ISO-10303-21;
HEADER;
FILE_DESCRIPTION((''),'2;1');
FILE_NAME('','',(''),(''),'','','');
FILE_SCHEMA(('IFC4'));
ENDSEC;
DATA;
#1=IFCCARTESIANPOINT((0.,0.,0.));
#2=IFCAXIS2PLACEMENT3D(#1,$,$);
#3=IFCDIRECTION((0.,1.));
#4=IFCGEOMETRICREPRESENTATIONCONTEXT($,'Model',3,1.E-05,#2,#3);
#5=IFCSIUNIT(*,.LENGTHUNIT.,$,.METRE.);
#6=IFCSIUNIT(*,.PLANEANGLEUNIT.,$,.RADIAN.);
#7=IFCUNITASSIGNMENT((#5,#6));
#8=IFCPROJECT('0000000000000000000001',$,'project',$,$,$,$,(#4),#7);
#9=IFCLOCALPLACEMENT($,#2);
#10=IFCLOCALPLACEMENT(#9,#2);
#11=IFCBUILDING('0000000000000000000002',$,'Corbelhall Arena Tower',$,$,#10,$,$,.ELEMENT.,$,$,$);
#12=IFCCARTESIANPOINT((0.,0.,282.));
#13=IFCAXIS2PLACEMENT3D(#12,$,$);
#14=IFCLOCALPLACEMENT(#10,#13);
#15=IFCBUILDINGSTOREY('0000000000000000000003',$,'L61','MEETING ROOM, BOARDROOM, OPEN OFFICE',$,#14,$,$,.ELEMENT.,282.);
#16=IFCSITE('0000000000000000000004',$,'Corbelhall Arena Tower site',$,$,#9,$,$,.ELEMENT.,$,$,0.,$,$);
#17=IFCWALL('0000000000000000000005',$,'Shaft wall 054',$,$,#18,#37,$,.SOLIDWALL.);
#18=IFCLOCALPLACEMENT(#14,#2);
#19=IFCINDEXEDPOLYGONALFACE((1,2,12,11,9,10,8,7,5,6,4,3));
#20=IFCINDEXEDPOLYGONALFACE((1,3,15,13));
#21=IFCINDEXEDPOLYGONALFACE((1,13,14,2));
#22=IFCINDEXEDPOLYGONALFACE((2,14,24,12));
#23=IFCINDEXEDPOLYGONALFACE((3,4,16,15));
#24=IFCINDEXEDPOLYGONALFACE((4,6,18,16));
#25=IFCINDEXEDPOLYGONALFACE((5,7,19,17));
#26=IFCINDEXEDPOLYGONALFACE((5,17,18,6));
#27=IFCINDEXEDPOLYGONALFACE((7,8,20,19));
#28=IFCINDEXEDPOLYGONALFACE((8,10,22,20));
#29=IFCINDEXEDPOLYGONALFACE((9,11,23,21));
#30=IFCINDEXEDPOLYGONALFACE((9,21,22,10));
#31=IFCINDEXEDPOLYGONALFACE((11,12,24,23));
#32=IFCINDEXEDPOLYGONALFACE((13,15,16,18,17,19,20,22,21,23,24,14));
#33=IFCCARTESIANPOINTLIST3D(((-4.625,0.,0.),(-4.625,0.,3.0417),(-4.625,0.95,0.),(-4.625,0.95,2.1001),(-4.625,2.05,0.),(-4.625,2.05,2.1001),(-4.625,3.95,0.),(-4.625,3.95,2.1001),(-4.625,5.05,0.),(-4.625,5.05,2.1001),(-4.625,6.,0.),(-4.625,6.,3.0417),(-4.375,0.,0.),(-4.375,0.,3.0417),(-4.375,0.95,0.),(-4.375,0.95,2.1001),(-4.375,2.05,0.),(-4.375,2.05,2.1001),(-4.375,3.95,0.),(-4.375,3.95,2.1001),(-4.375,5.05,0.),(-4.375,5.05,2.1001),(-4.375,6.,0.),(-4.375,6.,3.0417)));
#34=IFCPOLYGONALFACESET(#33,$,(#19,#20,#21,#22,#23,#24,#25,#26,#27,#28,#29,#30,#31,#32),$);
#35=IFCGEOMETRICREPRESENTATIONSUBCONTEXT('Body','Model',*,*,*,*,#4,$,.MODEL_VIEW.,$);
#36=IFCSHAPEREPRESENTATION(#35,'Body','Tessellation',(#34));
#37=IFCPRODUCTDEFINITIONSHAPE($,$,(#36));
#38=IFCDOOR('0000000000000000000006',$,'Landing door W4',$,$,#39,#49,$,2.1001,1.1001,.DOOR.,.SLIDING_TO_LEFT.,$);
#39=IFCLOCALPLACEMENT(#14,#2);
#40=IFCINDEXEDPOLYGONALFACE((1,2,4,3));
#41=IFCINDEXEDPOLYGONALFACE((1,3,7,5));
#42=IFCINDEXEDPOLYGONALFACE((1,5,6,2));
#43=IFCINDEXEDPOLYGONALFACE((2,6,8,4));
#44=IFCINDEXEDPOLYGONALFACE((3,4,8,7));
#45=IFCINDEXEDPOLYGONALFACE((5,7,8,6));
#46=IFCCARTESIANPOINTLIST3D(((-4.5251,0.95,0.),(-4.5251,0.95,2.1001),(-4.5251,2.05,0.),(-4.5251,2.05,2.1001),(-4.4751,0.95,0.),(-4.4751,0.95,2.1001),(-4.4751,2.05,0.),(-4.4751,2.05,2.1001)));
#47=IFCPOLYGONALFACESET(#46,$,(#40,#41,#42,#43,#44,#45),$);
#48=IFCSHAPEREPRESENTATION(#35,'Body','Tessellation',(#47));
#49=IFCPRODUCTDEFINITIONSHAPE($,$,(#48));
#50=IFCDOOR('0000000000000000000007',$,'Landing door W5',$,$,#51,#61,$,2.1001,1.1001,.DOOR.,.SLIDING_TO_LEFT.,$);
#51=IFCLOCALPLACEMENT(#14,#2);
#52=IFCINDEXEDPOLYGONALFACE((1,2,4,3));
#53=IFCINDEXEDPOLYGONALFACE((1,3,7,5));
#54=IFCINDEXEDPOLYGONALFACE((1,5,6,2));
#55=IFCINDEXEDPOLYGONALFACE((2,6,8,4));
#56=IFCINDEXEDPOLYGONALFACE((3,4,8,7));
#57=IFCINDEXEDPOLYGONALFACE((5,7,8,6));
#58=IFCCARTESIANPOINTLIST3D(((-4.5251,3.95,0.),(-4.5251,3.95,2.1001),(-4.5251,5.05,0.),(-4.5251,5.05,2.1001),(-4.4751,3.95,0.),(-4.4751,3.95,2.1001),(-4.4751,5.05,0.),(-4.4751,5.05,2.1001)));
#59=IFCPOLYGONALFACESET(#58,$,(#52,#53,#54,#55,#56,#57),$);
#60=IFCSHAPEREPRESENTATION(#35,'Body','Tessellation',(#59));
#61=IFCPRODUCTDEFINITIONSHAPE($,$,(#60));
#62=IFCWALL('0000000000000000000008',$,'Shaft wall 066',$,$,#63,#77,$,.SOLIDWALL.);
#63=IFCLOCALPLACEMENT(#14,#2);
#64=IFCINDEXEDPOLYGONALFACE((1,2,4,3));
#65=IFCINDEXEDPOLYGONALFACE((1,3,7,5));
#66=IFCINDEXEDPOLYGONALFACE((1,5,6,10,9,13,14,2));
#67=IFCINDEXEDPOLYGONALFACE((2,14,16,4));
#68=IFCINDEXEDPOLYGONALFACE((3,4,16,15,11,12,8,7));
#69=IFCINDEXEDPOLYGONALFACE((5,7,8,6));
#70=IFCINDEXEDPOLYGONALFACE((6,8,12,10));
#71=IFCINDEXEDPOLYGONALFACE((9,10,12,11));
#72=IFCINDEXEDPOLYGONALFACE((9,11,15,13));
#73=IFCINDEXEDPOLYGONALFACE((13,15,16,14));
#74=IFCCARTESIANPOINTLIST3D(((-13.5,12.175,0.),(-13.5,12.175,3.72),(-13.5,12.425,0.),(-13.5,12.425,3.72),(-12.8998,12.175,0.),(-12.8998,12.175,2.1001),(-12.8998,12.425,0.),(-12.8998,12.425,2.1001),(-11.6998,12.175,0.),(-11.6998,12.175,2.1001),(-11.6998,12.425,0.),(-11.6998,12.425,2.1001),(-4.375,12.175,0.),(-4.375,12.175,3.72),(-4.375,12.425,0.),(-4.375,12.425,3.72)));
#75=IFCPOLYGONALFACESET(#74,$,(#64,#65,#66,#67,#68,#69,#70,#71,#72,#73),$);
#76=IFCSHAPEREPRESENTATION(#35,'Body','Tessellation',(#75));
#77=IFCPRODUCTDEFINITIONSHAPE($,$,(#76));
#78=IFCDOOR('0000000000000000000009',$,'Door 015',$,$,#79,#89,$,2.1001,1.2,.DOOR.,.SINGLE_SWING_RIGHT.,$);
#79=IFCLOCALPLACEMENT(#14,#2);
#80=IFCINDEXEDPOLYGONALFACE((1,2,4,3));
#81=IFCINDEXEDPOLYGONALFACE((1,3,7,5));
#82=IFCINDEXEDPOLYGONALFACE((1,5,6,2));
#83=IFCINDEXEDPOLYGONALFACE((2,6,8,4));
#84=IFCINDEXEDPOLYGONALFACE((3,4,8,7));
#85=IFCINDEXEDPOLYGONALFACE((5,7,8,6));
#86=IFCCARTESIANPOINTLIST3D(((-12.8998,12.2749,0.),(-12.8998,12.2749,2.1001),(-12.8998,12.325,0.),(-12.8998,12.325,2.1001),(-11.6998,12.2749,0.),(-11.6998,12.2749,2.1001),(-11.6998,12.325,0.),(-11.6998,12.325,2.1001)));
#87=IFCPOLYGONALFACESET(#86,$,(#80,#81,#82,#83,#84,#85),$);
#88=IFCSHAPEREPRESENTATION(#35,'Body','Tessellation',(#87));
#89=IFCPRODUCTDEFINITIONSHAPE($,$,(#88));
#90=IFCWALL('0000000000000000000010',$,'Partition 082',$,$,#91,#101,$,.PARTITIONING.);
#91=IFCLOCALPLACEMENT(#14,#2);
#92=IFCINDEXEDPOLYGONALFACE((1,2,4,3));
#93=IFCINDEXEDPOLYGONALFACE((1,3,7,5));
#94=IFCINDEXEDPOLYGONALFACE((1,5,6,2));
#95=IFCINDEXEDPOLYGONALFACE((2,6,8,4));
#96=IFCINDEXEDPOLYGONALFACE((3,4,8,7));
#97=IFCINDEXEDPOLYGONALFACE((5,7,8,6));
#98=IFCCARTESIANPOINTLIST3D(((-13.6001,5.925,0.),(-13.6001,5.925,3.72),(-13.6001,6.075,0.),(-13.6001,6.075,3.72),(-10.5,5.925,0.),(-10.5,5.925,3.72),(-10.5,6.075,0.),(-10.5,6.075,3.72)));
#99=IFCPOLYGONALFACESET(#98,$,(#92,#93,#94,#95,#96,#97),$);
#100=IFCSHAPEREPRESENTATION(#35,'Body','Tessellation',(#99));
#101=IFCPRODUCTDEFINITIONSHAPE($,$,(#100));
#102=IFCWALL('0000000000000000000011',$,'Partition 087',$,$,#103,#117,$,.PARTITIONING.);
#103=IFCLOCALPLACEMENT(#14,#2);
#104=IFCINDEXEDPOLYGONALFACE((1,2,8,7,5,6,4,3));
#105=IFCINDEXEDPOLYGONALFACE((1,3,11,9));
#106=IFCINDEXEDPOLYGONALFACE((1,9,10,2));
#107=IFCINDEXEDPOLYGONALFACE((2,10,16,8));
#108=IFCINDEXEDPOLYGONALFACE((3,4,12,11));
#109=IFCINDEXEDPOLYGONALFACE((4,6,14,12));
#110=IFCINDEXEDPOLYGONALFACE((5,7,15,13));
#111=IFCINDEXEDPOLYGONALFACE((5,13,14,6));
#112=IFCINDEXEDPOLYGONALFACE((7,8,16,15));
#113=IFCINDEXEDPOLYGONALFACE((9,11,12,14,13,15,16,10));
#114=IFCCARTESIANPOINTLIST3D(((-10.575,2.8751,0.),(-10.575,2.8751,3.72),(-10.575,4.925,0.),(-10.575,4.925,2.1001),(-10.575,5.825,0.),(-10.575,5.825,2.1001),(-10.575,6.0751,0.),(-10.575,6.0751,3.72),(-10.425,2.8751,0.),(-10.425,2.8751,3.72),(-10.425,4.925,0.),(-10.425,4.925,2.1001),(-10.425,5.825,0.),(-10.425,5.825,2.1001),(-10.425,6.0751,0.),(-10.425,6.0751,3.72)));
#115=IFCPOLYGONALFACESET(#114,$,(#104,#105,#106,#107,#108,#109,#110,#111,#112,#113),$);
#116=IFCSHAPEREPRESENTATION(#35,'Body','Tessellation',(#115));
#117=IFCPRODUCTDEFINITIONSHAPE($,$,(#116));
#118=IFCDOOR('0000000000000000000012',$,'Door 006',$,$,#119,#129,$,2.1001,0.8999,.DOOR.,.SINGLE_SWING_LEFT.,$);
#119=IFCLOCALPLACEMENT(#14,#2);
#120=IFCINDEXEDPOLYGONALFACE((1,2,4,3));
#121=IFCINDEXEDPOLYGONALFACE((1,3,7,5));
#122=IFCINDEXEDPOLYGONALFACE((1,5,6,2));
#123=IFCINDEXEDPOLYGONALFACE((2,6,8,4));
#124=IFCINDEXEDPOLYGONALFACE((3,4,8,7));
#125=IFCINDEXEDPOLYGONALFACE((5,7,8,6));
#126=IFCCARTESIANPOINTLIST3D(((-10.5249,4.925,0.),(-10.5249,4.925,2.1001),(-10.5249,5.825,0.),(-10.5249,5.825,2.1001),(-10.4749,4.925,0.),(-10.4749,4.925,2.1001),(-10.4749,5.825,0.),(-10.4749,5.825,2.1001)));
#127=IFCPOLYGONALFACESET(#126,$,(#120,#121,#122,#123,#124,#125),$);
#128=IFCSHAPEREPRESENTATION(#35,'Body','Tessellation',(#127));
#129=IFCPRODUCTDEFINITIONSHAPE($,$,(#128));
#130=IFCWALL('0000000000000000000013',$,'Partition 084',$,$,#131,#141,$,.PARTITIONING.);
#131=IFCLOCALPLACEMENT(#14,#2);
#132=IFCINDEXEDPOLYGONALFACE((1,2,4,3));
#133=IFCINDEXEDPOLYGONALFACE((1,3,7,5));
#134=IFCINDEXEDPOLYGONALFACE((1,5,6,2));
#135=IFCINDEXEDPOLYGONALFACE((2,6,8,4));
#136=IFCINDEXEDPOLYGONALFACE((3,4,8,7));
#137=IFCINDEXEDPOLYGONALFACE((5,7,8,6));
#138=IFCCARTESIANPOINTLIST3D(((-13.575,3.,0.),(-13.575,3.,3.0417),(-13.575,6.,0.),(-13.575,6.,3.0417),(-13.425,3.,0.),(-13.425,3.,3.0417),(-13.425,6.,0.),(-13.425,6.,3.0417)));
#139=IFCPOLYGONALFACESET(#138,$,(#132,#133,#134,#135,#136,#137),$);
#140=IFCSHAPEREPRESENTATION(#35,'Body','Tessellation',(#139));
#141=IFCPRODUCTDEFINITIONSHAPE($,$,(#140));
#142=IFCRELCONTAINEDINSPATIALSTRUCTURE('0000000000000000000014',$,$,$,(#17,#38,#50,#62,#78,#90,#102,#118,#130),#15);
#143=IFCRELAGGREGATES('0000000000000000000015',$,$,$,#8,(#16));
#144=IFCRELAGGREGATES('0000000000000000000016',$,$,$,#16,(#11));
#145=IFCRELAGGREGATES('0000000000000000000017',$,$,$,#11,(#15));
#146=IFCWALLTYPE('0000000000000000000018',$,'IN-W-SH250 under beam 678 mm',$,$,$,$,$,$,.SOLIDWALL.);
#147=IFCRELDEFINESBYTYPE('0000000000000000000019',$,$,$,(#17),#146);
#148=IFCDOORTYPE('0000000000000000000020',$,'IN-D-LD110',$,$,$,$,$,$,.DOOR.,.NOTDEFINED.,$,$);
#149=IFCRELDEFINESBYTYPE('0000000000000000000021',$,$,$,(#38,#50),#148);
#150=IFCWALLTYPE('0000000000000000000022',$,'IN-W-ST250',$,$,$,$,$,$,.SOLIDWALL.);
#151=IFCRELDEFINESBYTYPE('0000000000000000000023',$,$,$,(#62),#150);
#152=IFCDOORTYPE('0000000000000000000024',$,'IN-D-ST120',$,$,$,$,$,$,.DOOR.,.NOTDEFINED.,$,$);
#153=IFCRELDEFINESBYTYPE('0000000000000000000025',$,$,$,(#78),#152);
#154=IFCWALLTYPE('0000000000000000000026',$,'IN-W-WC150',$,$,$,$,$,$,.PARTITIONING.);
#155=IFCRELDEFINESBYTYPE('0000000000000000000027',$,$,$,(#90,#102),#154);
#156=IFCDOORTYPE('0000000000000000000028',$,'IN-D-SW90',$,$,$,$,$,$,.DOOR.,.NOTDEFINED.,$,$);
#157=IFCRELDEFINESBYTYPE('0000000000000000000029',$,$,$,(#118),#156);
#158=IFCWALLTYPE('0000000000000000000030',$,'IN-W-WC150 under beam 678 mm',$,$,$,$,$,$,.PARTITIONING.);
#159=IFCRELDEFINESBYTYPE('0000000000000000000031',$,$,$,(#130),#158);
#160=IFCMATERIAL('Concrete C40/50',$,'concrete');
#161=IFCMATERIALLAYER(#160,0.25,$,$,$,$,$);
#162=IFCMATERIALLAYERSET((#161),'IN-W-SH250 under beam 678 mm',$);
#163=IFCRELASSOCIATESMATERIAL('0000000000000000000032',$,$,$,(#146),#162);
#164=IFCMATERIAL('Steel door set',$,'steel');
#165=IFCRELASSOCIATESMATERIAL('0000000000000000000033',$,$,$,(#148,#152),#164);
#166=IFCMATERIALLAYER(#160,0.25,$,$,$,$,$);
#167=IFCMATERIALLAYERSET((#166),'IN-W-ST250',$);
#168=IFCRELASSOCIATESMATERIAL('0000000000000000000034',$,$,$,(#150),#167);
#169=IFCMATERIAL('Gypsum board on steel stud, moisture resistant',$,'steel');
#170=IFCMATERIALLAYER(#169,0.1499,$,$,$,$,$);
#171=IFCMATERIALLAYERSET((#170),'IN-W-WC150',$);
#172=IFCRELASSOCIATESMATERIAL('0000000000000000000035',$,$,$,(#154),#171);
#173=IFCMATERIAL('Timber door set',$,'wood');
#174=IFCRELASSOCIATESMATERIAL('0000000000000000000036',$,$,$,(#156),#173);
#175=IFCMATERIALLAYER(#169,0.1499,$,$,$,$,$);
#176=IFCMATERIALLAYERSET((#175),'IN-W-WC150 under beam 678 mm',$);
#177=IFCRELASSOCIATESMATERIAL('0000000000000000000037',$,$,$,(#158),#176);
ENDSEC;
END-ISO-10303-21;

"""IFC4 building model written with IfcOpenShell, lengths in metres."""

from ifc_helpers import new_model, si_unit, direction, frame, frame_2d, origin, place, context, subcontext, project, spatial, rectangle, extrude, material, layer, layer_set, type_object, element, fill, save


model = new_model("IFC4")

# Units and contexts
model_context = context("Model", 3, precision=1e-05, world=origin(), true_north=direction((0.0, 1.0)))
body_context = subcontext(model_context, "Body", "Model", "MODEL_VIEW")
ifc_project = project(units=[si_unit("LENGTHUNIT", "METRE"), si_unit("PLANEANGLEUNIT", "RADIAN")], contexts=[model_context])

# Site, building, storey
site_placement = place(None, origin())
site = spatial("IfcSite", under=ifc_project, at=site_placement, Name="Corbelhall Arena Tower site", CompositionType="ELEMENT", RefElevation=0.0)
building_placement = place(site_placement, origin())
building = spatial("IfcBuilding", under=site, at=building_placement, Name="Corbelhall Arena Tower", CompositionType="ELEMENT")
storey_placement = place(building_placement, frame((0.0, 0.0, 282.0)))
storey = spatial("IfcBuildingStorey", under=building, at=storey_placement, Name="L61", Description="MEETING ROOM, BOARDROOM, OPEN OFFICE", CompositionType="ELEMENT", Elevation=282.0)

# Shared definitions
ifc_material_1 = material(Name="Steel door set", Category="steel")

# Shared definitions
ifc_material_2 = material(Name="Concrete C40/50", Category="concrete")

# Wall, openings, doors
ifc_layer_1 = layer(ifc_material_2, 0.25)
ifc_layer_set_1 = layer_set([ifc_layer_1], Name="IN-W-SH250 under beam 678 mm")
wall_type_1 = type_object("IfcWallType", Name="IN-W-SH250 under beam 678 mm", PredefinedType="SOLIDWALL", material=ifc_layer_set_1)
wall_1_placement = place(storey_placement, frame((-4.5, 6.0, 0.0), z_axis=(0.0, 0.0, 1.0), x_axis=(0.0, -1.0, 0.0)))
wall_1 = element("IfcWall", 1, at=wall_1_placement, inside=storey, type_object=wall_type_1, Name="Shaft wall 054", PredefinedType="SOLIDWALL", context=body_context, shape_type="SweptSolid", body=[
    extrude(rectangle(XDim=6.0, YDim=0.25, at=frame_2d((3.0, 0.0))), origin(), (0.0, 0.0, 1.0), 3.0417),
])
opening_1_placement = place(wall_1_placement, frame((3.95, 0.0, 0.0)))
opening_1 = element("IfcOpeningElement", 2, at=opening_1_placement, cuts=wall_1, PredefinedType="OPENING", context=body_context, shape_type="SweptSolid", body=[
    extrude(rectangle(XDim=1.1001, YDim=2.1001, at=frame_2d((0.55, 1.05))), frame((0.0, 0.125, 0.0), z_axis=(0.0, -1.0, 0.0), x_axis=(1.0, 0.0, 0.0)), (0.0, 0.0, 1.0), 0.25),
])
opening_2_placement = place(wall_1_placement, frame((0.95, 0.0, 0.0)))
opening_2 = element("IfcOpeningElement", 3, at=opening_2_placement, cuts=wall_1, PredefinedType="OPENING", context=body_context, shape_type="SweptSolid", body=[
    extrude(rectangle(XDim=1.1001, YDim=2.1001, at=frame_2d((0.55, 1.05))), frame((0.0, 0.125, 0.0), z_axis=(0.0, -1.0, 0.0), x_axis=(1.0, 0.0, 0.0)), (0.0, 0.0, 1.0), 0.25),
])
door_type_1 = type_object("IfcDoorType", Name="IN-D-LD110", OperationType="NOTDEFINED", PredefinedType="DOOR", material=ifc_material_1)
door_1_placement = place(opening_1_placement, origin())
door_1 = element("IfcDoor", 4, at=door_1_placement, inside=storey, type_object=door_type_1, Name="Landing door W4", OperationType="SLIDING_TO_LEFT", OverallHeight=2.1001, OverallWidth=1.1001, PredefinedType="DOOR", context=body_context, shape_type="SweptSolid", body=[
    extrude(rectangle(XDim=1.1001, YDim=2.1001, at=frame_2d((0.55, 1.05))), frame((0.0, 0.0249, 0.0), z_axis=(0.0, -1.0, 0.0), x_axis=(1.0, 0.0, 0.0)), (0.0, 0.0, 1.0), 0.05),
])
fill(opening_1, door_1)
door_2_placement = place(opening_2_placement, origin())
door_2 = element("IfcDoor", 5, at=door_2_placement, inside=storey, type_object=door_type_1, Name="Landing door W5", OperationType="SLIDING_TO_LEFT", OverallHeight=2.1001, OverallWidth=1.1001, PredefinedType="DOOR", context=body_context, shape_type="SweptSolid", body=[
    extrude(rectangle(XDim=1.1001, YDim=2.1001, at=frame_2d((0.55, 1.05))), frame((0.0, 0.0249, 0.0), z_axis=(0.0, -1.0, 0.0), x_axis=(1.0, 0.0, 0.0)), (0.0, 0.0, 1.0), 0.05),
])
fill(opening_2, door_2)

# Wall, opening, door
ifc_layer_2 = layer(ifc_material_2, 0.25)
ifc_layer_set_2 = layer_set([ifc_layer_2], Name="IN-W-ST250")
wall_type_2 = type_object("IfcWallType", Name="IN-W-ST250", PredefinedType="SOLIDWALL", material=ifc_layer_set_2)
wall_2_placement = place(storey_placement, frame((-13.5, 12.3, 0.0), z_axis=(0.0, 0.0, 1.0), x_axis=(1.0, 0.0, 0.0)))
wall_2 = element("IfcWall", 6, at=wall_2_placement, inside=storey, type_object=wall_type_2, Name="Shaft wall 066", PredefinedType="SOLIDWALL", context=body_context, shape_type="SweptSolid", body=[
    extrude(rectangle(XDim=9.125, YDim=0.25, at=frame_2d((4.5625, 0.0))), origin(), (0.0, 0.0, 1.0), 3.72),
])
opening_3_placement = place(wall_2_placement, frame((0.6001, 0.0, 0.0)))
opening_3 = element("IfcOpeningElement", 7, at=opening_3_placement, cuts=wall_2, PredefinedType="OPENING", context=body_context, shape_type="SweptSolid", body=[
    extrude(rectangle(XDim=1.2, YDim=2.1001, at=frame_2d((0.6001, 1.05))), frame((0.0, 0.125, 0.0), z_axis=(0.0, -1.0, 0.0), x_axis=(1.0, 0.0, 0.0)), (0.0, 0.0, 1.0), 0.25),
])
door_type_2 = type_object("IfcDoorType", Name="IN-D-ST120", OperationType="NOTDEFINED", PredefinedType="DOOR", material=ifc_material_1)
door_3_placement = place(opening_3_placement, origin())
door_3 = element("IfcDoor", 8, at=door_3_placement, inside=storey, type_object=door_type_2, Name="Door 015", OperationType="SINGLE_SWING_RIGHT", OverallHeight=2.1001, OverallWidth=1.2, PredefinedType="DOOR", context=body_context, shape_type="SweptSolid", body=[
    extrude(rectangle(XDim=1.2, YDim=2.1001, at=frame_2d((0.6001, 1.05))), frame((0.0, 0.0249, 0.0), z_axis=(0.0, -1.0, 0.0), x_axis=(1.0, 0.0, 0.0)), (0.0, 0.0, 1.0), 0.05),
])
fill(opening_3, door_3)

# Wall
ifc_material_3 = material(Name="Gypsum board on steel stud, moisture resistant", Category="steel")
ifc_layer_3 = layer(ifc_material_3, 0.1499)
ifc_layer_set_3 = layer_set([ifc_layer_3], Name="IN-W-WC150")
wall_type_3 = type_object("IfcWallType", Name="IN-W-WC150", PredefinedType="PARTITIONING", material=ifc_layer_set_3)
wall_3_placement = place(storey_placement, frame((-13.6001, 6.0, 0.0), z_axis=(0.0, 0.0, 1.0), x_axis=(1.0, 0.0, 0.0)))
element("IfcWall", 9, at=wall_3_placement, inside=storey, type_object=wall_type_3, Name="Partition 082", PredefinedType="PARTITIONING", context=body_context, shape_type="SweptSolid", body=[
    extrude(rectangle(XDim=3.1001, YDim=0.1499, at=frame_2d((1.55, 0.0))), origin(), (0.0, 0.0, 1.0), 3.72),
])

# Wall, opening, door
wall_4_placement = place(storey_placement, frame((-10.5, 2.875, 0.0), z_axis=(0.0, 0.0, 1.0), x_axis=(0.0, 1.0, 0.0)))
wall_4 = element("IfcWall", 10, at=wall_4_placement, inside=storey, type_object=wall_type_3, Name="Partition 087", PredefinedType="PARTITIONING", context=body_context, shape_type="SweptSolid", body=[
    extrude(rectangle(XDim=3.2, YDim=0.1499, at=frame_2d((1.6001, 0.0))), origin(), (0.0, 0.0, 1.0), 3.72),
])
opening_4_placement = place(wall_4_placement, frame((2.05, 0.0, 0.0)))
opening_4 = element("IfcOpeningElement", 11, at=opening_4_placement, cuts=wall_4, PredefinedType="OPENING", context=body_context, shape_type="SweptSolid", body=[
    extrude(rectangle(XDim=0.8999, YDim=2.1001, at=frame_2d((0.45, 1.05))), frame((0.0, 0.075, 0.0), z_axis=(0.0, -1.0, 0.0), x_axis=(1.0, 0.0, 0.0)), (0.0, 0.0, 1.0), 0.1499),
])
ifc_material_4 = material(Name="Timber door set", Category="wood")
door_type_3 = type_object("IfcDoorType", Name="IN-D-SW90", OperationType="NOTDEFINED", PredefinedType="DOOR", material=ifc_material_4)
door_4_placement = place(opening_4_placement, origin())
door_4 = element("IfcDoor", 12, at=door_4_placement, inside=storey, type_object=door_type_3, Name="Door 006", OperationType="SINGLE_SWING_LEFT", OverallHeight=2.1001, OverallWidth=0.8999, PredefinedType="DOOR", context=body_context, shape_type="SweptSolid", body=[
    extrude(rectangle(XDim=0.8999, YDim=2.1001, at=frame_2d((0.45, 1.05))), frame((0.0, 0.0249, 0.0), z_axis=(0.0, -1.0, 0.0), x_axis=(1.0, 0.0, 0.0)), (0.0, 0.0, 1.0), 0.05),
])
fill(opening_4, door_4)

# Wall
ifc_layer_4 = layer(ifc_material_3, 0.1499)
ifc_layer_set_4 = layer_set([ifc_layer_4], Name="IN-W-WC150 under beam 678 mm")
wall_type_4 = type_object("IfcWallType", Name="IN-W-WC150 under beam 678 mm", PredefinedType="PARTITIONING", material=ifc_layer_set_4)
wall_5_placement = place(storey_placement, frame((-13.5, 3.0, 0.0), z_axis=(0.0, 0.0, 1.0), x_axis=(0.0, 1.0, 0.0)))
element("IfcWall", 13, at=wall_5_placement, inside=storey, type_object=wall_type_4, Name="Partition 084", PredefinedType="PARTITIONING", context=body_context, shape_type="SweptSolid", body=[
    extrude(rectangle(XDim=3.0, YDim=0.1499, at=frame_2d((1.5, 0.0))), origin(), (0.0, 0.0, 1.0), 3.0417),
])

save(model, "model.ifc")
